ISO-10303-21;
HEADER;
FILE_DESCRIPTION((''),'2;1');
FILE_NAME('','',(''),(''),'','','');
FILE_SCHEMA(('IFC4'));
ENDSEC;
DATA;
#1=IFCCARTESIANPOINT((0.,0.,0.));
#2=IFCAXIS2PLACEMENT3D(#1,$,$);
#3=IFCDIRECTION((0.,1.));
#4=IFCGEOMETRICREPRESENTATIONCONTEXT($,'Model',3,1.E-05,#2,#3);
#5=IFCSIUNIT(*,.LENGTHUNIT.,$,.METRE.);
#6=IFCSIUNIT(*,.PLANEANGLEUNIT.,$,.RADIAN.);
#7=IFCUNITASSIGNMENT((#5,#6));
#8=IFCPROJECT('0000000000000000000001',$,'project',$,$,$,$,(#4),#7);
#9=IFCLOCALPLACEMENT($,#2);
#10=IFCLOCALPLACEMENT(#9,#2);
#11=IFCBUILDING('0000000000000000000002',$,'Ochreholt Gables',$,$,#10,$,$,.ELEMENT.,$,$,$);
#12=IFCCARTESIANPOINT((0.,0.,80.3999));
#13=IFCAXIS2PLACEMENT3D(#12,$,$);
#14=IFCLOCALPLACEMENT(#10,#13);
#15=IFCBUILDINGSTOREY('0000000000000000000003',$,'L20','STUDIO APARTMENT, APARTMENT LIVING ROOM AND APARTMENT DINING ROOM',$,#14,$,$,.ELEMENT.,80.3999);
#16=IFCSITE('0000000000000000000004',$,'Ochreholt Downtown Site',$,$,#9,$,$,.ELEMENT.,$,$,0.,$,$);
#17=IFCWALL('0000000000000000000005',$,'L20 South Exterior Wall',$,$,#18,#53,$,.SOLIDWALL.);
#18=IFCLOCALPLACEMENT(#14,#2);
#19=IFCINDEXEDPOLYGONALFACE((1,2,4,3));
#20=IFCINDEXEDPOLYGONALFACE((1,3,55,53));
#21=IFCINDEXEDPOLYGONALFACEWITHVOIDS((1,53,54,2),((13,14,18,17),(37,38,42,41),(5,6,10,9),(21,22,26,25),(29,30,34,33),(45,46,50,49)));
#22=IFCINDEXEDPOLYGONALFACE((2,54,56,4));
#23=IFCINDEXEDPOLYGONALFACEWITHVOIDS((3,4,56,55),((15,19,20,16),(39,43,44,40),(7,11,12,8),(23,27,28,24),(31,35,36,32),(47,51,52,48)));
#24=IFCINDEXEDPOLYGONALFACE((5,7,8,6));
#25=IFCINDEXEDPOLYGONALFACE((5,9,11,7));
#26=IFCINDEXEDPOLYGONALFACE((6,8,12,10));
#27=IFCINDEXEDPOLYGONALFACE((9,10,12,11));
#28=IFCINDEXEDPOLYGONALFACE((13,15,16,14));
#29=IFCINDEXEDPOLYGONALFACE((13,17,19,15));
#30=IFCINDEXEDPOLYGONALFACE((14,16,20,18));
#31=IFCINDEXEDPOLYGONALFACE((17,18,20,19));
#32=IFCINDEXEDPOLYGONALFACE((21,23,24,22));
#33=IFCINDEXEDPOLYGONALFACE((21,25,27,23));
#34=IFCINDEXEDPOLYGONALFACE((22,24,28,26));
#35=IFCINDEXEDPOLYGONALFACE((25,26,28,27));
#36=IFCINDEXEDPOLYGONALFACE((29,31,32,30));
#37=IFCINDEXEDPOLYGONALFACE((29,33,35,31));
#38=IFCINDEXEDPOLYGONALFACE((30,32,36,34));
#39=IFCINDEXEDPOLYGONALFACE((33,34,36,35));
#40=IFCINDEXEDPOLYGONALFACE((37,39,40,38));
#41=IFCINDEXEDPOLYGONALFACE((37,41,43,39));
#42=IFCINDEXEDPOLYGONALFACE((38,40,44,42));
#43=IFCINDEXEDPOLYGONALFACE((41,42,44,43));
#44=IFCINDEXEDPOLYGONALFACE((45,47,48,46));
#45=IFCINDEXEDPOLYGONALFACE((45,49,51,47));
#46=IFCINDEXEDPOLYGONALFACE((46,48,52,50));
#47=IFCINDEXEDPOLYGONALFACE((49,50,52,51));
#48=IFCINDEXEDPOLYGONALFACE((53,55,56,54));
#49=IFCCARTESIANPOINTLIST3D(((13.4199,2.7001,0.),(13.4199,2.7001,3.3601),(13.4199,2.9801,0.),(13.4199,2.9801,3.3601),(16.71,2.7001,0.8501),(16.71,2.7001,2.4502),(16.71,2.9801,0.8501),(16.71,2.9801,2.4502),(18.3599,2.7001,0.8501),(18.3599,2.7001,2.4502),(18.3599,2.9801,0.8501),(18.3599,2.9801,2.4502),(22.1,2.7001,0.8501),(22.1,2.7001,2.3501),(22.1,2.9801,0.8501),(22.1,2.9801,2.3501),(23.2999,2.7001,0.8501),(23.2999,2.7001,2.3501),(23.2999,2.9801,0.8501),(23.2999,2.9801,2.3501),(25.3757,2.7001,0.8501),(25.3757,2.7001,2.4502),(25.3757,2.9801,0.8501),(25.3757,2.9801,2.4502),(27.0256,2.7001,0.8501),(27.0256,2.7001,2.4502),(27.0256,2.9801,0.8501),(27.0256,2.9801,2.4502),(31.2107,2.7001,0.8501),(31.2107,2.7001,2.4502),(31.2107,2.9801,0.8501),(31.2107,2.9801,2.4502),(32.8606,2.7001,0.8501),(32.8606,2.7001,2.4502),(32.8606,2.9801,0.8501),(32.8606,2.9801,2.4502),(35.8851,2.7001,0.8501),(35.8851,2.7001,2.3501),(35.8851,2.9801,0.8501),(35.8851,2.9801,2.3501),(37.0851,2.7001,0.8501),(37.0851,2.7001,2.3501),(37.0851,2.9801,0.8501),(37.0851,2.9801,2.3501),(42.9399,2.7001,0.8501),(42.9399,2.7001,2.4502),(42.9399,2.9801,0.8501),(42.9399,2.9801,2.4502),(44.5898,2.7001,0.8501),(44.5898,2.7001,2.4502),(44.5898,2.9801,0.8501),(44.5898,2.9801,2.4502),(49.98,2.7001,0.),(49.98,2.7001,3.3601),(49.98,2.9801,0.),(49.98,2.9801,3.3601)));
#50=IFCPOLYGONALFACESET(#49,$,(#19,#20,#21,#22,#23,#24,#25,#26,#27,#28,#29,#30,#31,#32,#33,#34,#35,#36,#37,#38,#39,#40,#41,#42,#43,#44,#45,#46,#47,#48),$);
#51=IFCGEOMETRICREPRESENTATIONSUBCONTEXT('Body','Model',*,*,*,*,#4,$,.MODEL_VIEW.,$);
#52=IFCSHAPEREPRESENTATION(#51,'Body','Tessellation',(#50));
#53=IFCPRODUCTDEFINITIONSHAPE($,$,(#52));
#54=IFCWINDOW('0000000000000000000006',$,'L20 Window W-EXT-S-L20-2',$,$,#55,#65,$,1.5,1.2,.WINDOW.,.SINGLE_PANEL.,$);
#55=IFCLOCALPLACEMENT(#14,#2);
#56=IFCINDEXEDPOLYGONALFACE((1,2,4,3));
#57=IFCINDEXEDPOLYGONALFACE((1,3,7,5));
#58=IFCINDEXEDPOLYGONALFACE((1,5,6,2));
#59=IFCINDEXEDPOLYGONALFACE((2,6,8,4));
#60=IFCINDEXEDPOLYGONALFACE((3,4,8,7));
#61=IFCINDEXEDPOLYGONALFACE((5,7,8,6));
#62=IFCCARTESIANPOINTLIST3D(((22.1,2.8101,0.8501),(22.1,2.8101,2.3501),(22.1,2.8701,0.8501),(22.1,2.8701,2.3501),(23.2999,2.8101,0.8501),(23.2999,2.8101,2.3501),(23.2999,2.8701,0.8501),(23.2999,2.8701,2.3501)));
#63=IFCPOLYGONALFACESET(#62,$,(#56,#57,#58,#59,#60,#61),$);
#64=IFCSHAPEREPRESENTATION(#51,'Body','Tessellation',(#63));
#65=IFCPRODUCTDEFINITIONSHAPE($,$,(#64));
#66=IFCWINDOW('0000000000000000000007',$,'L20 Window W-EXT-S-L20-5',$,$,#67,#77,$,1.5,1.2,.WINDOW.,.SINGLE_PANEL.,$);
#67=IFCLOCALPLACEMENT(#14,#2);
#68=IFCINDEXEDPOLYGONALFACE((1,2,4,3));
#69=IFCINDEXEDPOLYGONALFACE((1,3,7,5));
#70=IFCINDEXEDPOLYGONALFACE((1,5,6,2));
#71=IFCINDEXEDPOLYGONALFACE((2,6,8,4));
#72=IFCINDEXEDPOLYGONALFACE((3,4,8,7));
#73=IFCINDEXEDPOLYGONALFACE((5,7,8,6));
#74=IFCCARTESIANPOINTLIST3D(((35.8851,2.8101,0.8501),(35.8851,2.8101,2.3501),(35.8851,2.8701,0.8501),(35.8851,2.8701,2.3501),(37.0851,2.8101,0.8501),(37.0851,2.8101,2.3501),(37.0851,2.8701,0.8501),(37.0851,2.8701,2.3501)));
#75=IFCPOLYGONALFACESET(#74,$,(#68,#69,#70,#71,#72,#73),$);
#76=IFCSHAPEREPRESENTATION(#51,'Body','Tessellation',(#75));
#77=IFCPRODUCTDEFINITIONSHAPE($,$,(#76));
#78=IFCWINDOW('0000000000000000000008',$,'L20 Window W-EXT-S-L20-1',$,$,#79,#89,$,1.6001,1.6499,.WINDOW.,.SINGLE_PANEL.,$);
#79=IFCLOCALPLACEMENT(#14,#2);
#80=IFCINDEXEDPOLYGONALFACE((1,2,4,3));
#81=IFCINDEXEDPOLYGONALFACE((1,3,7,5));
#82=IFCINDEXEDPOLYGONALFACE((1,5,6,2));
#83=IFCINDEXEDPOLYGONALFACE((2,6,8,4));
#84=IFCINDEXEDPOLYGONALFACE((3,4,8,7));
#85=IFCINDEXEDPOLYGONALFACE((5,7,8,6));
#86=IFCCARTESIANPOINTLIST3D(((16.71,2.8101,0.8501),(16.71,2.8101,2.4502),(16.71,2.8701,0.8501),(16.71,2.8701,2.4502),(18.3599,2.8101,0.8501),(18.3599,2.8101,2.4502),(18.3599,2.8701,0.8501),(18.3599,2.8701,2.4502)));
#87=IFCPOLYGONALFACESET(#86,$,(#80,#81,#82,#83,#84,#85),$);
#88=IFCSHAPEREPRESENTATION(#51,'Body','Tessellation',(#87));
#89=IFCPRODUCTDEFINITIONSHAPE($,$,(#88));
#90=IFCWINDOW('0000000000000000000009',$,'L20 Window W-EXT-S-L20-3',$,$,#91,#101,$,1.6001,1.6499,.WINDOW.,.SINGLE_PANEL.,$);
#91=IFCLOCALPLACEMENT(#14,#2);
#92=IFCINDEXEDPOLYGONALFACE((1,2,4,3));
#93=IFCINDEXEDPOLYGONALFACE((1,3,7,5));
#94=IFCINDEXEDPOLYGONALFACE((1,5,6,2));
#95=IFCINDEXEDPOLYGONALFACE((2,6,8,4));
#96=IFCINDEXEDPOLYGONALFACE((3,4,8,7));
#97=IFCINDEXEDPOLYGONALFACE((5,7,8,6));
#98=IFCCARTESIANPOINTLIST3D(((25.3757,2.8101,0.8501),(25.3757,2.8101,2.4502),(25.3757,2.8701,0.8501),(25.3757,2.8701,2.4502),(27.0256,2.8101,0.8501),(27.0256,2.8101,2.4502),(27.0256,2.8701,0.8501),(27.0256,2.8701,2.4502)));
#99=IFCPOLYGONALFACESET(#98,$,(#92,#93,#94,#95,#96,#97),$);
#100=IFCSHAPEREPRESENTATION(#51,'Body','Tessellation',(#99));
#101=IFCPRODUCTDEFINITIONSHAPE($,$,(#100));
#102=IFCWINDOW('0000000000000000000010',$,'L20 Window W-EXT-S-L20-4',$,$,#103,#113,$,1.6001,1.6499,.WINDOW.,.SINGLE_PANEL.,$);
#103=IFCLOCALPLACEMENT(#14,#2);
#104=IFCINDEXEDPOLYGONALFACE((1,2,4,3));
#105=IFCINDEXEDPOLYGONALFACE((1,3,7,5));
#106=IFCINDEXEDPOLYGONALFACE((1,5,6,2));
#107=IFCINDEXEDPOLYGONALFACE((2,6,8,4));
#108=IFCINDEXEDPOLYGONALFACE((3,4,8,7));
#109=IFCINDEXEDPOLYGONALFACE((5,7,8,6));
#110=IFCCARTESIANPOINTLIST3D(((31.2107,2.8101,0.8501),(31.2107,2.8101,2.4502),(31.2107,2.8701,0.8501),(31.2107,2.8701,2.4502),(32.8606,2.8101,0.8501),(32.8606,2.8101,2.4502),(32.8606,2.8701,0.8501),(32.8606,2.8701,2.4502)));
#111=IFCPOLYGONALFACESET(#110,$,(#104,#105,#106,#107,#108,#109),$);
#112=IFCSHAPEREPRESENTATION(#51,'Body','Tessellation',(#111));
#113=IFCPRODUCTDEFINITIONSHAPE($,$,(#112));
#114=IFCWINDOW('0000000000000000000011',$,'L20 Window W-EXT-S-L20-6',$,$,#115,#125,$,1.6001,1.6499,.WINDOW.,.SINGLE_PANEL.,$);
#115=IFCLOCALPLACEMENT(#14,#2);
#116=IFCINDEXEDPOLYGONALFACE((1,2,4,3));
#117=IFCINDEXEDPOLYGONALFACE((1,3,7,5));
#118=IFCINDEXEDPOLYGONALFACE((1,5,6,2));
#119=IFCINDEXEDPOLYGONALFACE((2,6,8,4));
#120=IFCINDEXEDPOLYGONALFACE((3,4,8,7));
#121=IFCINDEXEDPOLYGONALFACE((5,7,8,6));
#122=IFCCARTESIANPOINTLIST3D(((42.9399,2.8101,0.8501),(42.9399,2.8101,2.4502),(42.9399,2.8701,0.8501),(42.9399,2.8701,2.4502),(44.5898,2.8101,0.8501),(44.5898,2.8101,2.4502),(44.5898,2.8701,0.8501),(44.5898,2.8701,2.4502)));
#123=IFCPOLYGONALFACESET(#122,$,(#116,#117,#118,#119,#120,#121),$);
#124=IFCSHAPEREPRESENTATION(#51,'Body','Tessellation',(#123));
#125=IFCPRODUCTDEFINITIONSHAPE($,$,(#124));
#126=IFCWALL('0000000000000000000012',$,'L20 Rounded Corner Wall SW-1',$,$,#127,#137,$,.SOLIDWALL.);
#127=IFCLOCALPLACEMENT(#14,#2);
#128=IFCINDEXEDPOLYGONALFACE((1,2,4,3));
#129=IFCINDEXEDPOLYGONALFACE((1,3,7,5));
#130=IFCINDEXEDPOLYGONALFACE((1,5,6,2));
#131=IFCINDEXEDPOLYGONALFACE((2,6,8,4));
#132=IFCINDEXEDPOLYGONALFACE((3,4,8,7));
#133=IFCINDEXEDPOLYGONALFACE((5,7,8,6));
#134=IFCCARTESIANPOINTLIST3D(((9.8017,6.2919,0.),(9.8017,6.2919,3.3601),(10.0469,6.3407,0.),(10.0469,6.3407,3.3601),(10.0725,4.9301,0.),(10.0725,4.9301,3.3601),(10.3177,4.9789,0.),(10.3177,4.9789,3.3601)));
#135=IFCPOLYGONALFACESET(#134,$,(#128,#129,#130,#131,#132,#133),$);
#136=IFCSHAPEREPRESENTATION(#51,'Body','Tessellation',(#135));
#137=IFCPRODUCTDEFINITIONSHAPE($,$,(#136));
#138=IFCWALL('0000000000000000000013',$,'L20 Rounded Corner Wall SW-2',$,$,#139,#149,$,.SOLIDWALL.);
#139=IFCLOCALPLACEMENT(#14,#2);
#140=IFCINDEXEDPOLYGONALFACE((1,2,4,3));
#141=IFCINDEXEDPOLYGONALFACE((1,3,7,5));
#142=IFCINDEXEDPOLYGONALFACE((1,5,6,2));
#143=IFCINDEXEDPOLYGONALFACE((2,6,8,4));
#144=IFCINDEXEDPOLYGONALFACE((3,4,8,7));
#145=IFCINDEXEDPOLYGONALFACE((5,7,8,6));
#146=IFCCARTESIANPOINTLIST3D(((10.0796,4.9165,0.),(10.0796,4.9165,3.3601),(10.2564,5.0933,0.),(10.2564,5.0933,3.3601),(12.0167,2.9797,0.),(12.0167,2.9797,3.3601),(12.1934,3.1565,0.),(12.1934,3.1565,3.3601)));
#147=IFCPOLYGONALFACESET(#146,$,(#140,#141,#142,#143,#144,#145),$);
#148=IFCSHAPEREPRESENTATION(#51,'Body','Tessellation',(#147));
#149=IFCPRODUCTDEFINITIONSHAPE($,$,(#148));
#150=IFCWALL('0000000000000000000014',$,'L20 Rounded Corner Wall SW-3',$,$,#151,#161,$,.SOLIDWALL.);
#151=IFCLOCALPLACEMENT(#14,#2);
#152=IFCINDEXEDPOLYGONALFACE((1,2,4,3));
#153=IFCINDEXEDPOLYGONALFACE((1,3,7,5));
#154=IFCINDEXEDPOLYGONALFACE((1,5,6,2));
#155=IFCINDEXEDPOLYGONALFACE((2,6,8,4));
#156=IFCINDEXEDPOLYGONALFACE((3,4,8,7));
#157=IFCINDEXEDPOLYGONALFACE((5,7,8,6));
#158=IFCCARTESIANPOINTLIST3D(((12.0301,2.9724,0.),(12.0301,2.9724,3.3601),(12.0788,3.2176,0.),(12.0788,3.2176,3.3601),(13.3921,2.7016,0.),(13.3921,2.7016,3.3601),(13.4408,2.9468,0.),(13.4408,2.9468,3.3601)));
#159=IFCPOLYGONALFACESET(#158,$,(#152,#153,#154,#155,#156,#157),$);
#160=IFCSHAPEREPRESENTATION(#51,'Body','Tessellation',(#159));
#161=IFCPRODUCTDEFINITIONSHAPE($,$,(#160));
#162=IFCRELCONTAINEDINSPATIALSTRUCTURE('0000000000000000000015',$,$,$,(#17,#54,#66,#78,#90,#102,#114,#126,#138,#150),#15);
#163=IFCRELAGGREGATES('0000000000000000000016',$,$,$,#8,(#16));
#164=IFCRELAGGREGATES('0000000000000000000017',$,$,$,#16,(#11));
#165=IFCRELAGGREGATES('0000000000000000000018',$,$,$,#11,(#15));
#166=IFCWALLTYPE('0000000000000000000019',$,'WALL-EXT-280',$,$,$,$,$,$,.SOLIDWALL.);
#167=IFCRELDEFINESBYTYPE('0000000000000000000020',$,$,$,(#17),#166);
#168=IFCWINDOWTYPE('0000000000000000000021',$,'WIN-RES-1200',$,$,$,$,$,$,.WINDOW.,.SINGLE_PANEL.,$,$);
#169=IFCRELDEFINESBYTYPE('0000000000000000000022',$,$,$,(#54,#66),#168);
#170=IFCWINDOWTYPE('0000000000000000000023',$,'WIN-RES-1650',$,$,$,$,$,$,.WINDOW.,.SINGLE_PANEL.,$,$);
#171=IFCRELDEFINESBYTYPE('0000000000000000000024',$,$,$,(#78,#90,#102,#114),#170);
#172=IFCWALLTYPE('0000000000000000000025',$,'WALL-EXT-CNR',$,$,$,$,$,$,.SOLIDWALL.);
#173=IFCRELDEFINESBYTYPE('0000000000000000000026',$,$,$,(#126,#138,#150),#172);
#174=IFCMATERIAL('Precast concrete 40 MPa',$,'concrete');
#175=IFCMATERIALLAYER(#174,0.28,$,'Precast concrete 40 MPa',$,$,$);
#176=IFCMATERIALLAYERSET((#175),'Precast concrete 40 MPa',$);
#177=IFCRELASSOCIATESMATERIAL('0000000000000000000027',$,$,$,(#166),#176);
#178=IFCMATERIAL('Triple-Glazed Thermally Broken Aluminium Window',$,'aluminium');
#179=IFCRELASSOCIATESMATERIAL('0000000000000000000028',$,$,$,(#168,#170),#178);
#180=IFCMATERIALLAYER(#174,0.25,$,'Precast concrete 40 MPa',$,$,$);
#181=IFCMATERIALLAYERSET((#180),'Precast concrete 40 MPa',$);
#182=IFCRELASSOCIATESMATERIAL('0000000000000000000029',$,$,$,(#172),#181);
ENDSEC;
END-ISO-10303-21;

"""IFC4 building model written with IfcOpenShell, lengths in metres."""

from ifc_helpers import new_model, si_unit, direction, frame, frame_2d, origin, place, context, subcontext, project, spatial, rectangle, extrude, material, layer, layer_set, type_object, element, fill, save


model = new_model("IFC4")

# Units and contexts
model_context = context("Model", 3, precision=1e-05, world=origin(), true_north=direction((0.0, 1.0)))
body_context = subcontext(model_context, "Body", "Model", "MODEL_VIEW")
ifc_project = project(units=[si_unit("LENGTHUNIT", "METRE"), si_unit("PLANEANGLEUNIT", "RADIAN")], contexts=[model_context])

# Site, building, storey
site_placement = place(None, origin())
site = spatial("IfcSite", under=ifc_project, at=site_placement, Name="Ochreholt Downtown Site", CompositionType="ELEMENT", RefElevation=0.0)
building_placement = place(site_placement, origin())
building = spatial("IfcBuilding", under=site, at=building_placement, Name="Ochreholt Gables", CompositionType="ELEMENT")
storey_placement = place(building_placement, frame((0.0, 0.0, 80.3999)))
storey = spatial("IfcBuildingStorey", under=building, at=storey_placement, Name="L20", Description="STUDIO APARTMENT, APARTMENT LIVING ROOM AND APARTMENT DINING ROOM", CompositionType="ELEMENT", Elevation=80.3999)

# Wall, openings, windows
ifc_material_1 = material(Name="Precast concrete 40 MPa", Category="concrete")
ifc_layer_1 = layer(ifc_material_1, 0.28, Name="Precast concrete 40 MPa")
ifc_layer_set_1 = layer_set([ifc_layer_1], Name="Precast concrete 40 MPa")
wall_type_1 = type_object("IfcWallType", Name="WALL-EXT-280", PredefinedType="SOLIDWALL", material=ifc_layer_set_1)
wall_1_placement = place(storey_placement, frame((13.4199, 2.8401, 0.0), z_axis=(0.0, 0.0, 1.0), x_axis=(1.0, 0.0, 0.0)))
wall_1 = element("IfcWall", 1, at=wall_1_placement, inside=storey, type_object=wall_type_1, Name="L20 South Exterior Wall", PredefinedType="SOLIDWALL", context=body_context, shape_type="SweptSolid", body=[
    extrude(rectangle(XDim=36.5601, YDim=0.28, at=frame_2d((18.28, 0.0))), origin(), (0.0, 0.0, 1.0), 3.3601),
])
opening_1_placement = place(wall_1_placement, frame((3.29, 0.0, 0.8501)))
opening_1 = element("IfcOpeningElement", 2, at=opening_1_placement, cuts=wall_1, PredefinedType="OPENING", context=body_context, shape_type="SweptSolid", body=[
    extrude(rectangle(XDim=1.6499, YDim=1.6001, at=frame_2d((0.825, 0.8))), frame((0.0, 0.1499, 0.0), z_axis=(0.0, -1.0, 0.0), x_axis=(1.0, 0.0, 0.0)), (0.0, 0.0, 1.0), 0.3),
])
opening_2_placement = place(wall_1_placement, frame((8.6799, 0.0, 0.8501)))
opening_2 = element("IfcOpeningElement", 3, at=opening_2_placement, cuts=wall_1, PredefinedType="OPENING", context=body_context, shape_type="SweptSolid", body=[
    extrude(rectangle(XDim=1.2, YDim=1.5, at=frame_2d((0.6001, 0.75))), frame((0.0, 0.1499, 0.0), z_axis=(0.0, -1.0, 0.0), x_axis=(1.0, 0.0, 0.0)), (0.0, 0.0, 1.0), 0.3),
])
opening_3_placement = place(wall_1_placement, frame((11.9558, 0.0, 0.8501)))
opening_3 = element("IfcOpeningElement", 4, at=opening_3_placement, cuts=wall_1, PredefinedType="OPENING", context=body_context, shape_type="SweptSolid", body=[
    extrude(rectangle(XDim=1.6499, YDim=1.6001, at=frame_2d((0.825, 0.8))), frame((0.0, 0.1499, 0.0), z_axis=(0.0, -1.0, 0.0), x_axis=(1.0, 0.0, 0.0)), (0.0, 0.0, 1.0), 0.3),
])
opening_4_placement = place(wall_1_placement, frame((17.7908, 0.0, 0.8501)))
opening_4 = element("IfcOpeningElement", 5, at=opening_4_placement, cuts=wall_1, PredefinedType="OPENING", context=body_context, shape_type="SweptSolid", body=[
    extrude(rectangle(XDim=1.6499, YDim=1.6001, at=frame_2d((0.825, 0.8))), frame((0.0, 0.1499, 0.0), z_axis=(0.0, -1.0, 0.0), x_axis=(1.0, 0.0, 0.0)), (0.0, 0.0, 1.0), 0.3),
])
opening_5_placement = place(wall_1_placement, frame((22.4651, 0.0, 0.8501)))
opening_5 = element("IfcOpeningElement", 6, at=opening_5_placement, cuts=wall_1, PredefinedType="OPENING", context=body_context, shape_type="SweptSolid", body=[
    extrude(rectangle(XDim=1.2, YDim=1.5, at=frame_2d((0.6001, 0.75))), frame((0.0, 0.1499, 0.0), z_axis=(0.0, -1.0, 0.0), x_axis=(1.0, 0.0, 0.0)), (0.0, 0.0, 1.0), 0.3),
])
opening_6_placement = place(wall_1_placement, frame((29.52, 0.0, 0.8501)))
opening_6 = element("IfcOpeningElement", 7, at=opening_6_placement, cuts=wall_1, PredefinedType="OPENING", context=body_context, shape_type="SweptSolid", body=[
    extrude(rectangle(XDim=1.6499, YDim=1.6001, at=frame_2d((0.825, 0.8))), frame((0.0, 0.1499, 0.0), z_axis=(0.0, -1.0, 0.0), x_axis=(1.0, 0.0, 0.0)), (0.0, 0.0, 1.0), 0.3),
])
ifc_material_2 = material(Name="Triple-Glazed Thermally Broken Aluminium Window", Category="aluminium")
window_type_1 = type_object("IfcWindowType", Name="WIN-RES-1200", PartitioningType="SINGLE_PANEL", PredefinedType="WINDOW", material=ifc_material_2)
window_1_placement = place(opening_2_placement, origin())
window_1 = element("IfcWindow", 8, at=window_1_placement, inside=storey, type_object=window_type_1, Name="L20 Window W-EXT-S-L20-2", OverallHeight=1.5, OverallWidth=1.2, PartitioningType="SINGLE_PANEL", PredefinedType="WINDOW", context=body_context, shape_type="SweptSolid", body=[
    extrude(rectangle(XDim=1.2, YDim=1.5, at=frame_2d((0.6001, 0.75))), frame((0.0, 0.03, 0.0), z_axis=(0.0, -1.0, 0.0), x_axis=(1.0, 0.0, 0.0)), (0.0, 0.0, 1.0), 0.0601),
])
fill(opening_2, window_1)
window_2_placement = place(opening_5_placement, origin())
window_2 = element("IfcWindow", 9, at=window_2_placement, inside=storey, type_object=window_type_1, Name="L20 Window W-EXT-S-L20-5", OverallHeight=1.5, OverallWidth=1.2, PartitioningType="SINGLE_PANEL", PredefinedType="WINDOW", context=body_context, shape_type="SweptSolid", body=[
    extrude(rectangle(XDim=1.2, YDim=1.5, at=frame_2d((0.6001, 0.75))), frame((0.0, 0.03, 0.0), z_axis=(0.0, -1.0, 0.0), x_axis=(1.0, 0.0, 0.0)), (0.0, 0.0, 1.0), 0.0601),
])
fill(opening_5, window_2)
window_type_2 = type_object("IfcWindowType", Name="WIN-RES-1650", PartitioningType="SINGLE_PANEL", PredefinedType="WINDOW", material=ifc_material_2)
window_3_placement = place(opening_1_placement, origin())
window_3 = element("IfcWindow", 10, at=window_3_placement, inside=storey, type_object=window_type_2, Name="L20 Window W-EXT-S-L20-1", OverallHeight=1.6001, OverallWidth=1.6499, PartitioningType="SINGLE_PANEL", PredefinedType="WINDOW", context=body_context, shape_type="SweptSolid", body=[
    extrude(rectangle(XDim=1.6499, YDim=1.6001, at=frame_2d((0.825, 0.8))), frame((0.0, 0.03, 0.0), z_axis=(0.0, -1.0, 0.0), x_axis=(1.0, 0.0, 0.0)), (0.0, 0.0, 1.0), 0.0601),
])
fill(opening_1, window_3)
window_4_placement = place(opening_3_placement, origin())
window_4 = element("IfcWindow", 11, at=window_4_placement, inside=storey, type_object=window_type_2, Name="L20 Window W-EXT-S-L20-3", OverallHeight=1.6001, OverallWidth=1.6499, PartitioningType="SINGLE_PANEL", PredefinedType="WINDOW", context=body_context, shape_type="SweptSolid", body=[
    extrude(rectangle(XDim=1.6499, YDim=1.6001, at=frame_2d((0.825, 0.8))), frame((0.0, 0.03, 0.0), z_axis=(0.0, -1.0, 0.0), x_axis=(1.0, 0.0, 0.0)), (0.0, 0.0, 1.0), 0.0601),
])
fill(opening_3, window_4)
window_5_placement = place(opening_4_placement, origin())
window_5 = element("IfcWindow", 12, at=window_5_placement, inside=storey, type_object=window_type_2, Name="L20 Window W-EXT-S-L20-4", OverallHeight=1.6001, OverallWidth=1.6499, PartitioningType="SINGLE_PANEL", PredefinedType="WINDOW", context=body_context, shape_type="SweptSolid", body=[
    extrude(rectangle(XDim=1.6499, YDim=1.6001, at=frame_2d((0.825, 0.8))), frame((0.0, 0.03, 0.0), z_axis=(0.0, -1.0, 0.0), x_axis=(1.0, 0.0, 0.0)), (0.0, 0.0, 1.0), 0.0601),
])
fill(opening_4, window_5)
window_6_placement = place(opening_6_placement, origin())
window_6 = element("IfcWindow", 13, at=window_6_placement, inside=storey, type_object=window_type_2, Name="L20 Window W-EXT-S-L20-6", OverallHeight=1.6001, OverallWidth=1.6499, PartitioningType="SINGLE_PANEL", PredefinedType="WINDOW", context=body_context, shape_type="SweptSolid", body=[
    extrude(rectangle(XDim=1.6499, YDim=1.6001, at=frame_2d((0.825, 0.8))), frame((0.0, 0.03, 0.0), z_axis=(0.0, -1.0, 0.0), x_axis=(1.0, 0.0, 0.0)), (0.0, 0.0, 1.0), 0.0601),
])
fill(opening_6, window_6)

# Walls
ifc_layer_2 = layer(ifc_material_1, 0.25, Name="Precast concrete 40 MPa")
ifc_layer_set_2 = layer_set([ifc_layer_2], Name="Precast concrete 40 MPa")
wall_type_2 = type_object("IfcWallType", Name="WALL-EXT-CNR", PredefinedType="SOLIDWALL", material=ifc_layer_set_2)
wall_2_placement = place(storey_placement, frame((9.9243, 6.3164, 0.0), z_axis=(0.0, 0.0, 1.0), x_axis=(0.195, -0.980803, 0.0)))
element("IfcWall", 14, at=wall_2_placement, inside=storey, type_object=wall_type_2, Name="L20 Rounded Corner Wall SW-1", PredefinedType="SOLIDWALL", context=body_context, shape_type="SweptSolid", body=[
    extrude(rectangle(XDim=1.3884, YDim=0.25, at=frame_2d((0.6943, 0.0))), origin(), (0.0, 0.0, 1.0), 3.3601),
])
wall_3_placement = place(storey_placement, frame((10.168, 5.0049, 0.0), z_axis=(0.0, 0.0, 1.0), x_axis=(0.707151, -0.707062, 0.0)))
element("IfcWall", 15, at=wall_3_placement, inside=storey, type_object=wall_type_2, Name="L20 Rounded Corner Wall SW-2", PredefinedType="SOLIDWALL", context=body_context, shape_type="SweptSolid", body=[
    extrude(rectangle(XDim=2.7393, YDim=0.25, at=frame_2d((1.3696, 0.0))), origin(), (0.0, 0.0, 1.0), 3.3601),
])
wall_4_placement = place(storey_placement, frame((12.0544, 3.095, 0.0), z_axis=(0.0, 0.0, 1.0), x_axis=(0.98081, -0.194967, 0.0)))
element("IfcWall", 16, at=wall_4_placement, inside=storey, type_object=wall_type_2, Name="L20 Rounded Corner Wall SW-3", PredefinedType="SOLIDWALL", context=body_context, shape_type="SweptSolid", body=[
    extrude(rectangle(XDim=1.3887, YDim=0.25, at=frame_2d((0.6943, 0.0))), origin(), (0.0, 0.0, 1.0), 3.3601),
])

save(model, "model.ifc")
